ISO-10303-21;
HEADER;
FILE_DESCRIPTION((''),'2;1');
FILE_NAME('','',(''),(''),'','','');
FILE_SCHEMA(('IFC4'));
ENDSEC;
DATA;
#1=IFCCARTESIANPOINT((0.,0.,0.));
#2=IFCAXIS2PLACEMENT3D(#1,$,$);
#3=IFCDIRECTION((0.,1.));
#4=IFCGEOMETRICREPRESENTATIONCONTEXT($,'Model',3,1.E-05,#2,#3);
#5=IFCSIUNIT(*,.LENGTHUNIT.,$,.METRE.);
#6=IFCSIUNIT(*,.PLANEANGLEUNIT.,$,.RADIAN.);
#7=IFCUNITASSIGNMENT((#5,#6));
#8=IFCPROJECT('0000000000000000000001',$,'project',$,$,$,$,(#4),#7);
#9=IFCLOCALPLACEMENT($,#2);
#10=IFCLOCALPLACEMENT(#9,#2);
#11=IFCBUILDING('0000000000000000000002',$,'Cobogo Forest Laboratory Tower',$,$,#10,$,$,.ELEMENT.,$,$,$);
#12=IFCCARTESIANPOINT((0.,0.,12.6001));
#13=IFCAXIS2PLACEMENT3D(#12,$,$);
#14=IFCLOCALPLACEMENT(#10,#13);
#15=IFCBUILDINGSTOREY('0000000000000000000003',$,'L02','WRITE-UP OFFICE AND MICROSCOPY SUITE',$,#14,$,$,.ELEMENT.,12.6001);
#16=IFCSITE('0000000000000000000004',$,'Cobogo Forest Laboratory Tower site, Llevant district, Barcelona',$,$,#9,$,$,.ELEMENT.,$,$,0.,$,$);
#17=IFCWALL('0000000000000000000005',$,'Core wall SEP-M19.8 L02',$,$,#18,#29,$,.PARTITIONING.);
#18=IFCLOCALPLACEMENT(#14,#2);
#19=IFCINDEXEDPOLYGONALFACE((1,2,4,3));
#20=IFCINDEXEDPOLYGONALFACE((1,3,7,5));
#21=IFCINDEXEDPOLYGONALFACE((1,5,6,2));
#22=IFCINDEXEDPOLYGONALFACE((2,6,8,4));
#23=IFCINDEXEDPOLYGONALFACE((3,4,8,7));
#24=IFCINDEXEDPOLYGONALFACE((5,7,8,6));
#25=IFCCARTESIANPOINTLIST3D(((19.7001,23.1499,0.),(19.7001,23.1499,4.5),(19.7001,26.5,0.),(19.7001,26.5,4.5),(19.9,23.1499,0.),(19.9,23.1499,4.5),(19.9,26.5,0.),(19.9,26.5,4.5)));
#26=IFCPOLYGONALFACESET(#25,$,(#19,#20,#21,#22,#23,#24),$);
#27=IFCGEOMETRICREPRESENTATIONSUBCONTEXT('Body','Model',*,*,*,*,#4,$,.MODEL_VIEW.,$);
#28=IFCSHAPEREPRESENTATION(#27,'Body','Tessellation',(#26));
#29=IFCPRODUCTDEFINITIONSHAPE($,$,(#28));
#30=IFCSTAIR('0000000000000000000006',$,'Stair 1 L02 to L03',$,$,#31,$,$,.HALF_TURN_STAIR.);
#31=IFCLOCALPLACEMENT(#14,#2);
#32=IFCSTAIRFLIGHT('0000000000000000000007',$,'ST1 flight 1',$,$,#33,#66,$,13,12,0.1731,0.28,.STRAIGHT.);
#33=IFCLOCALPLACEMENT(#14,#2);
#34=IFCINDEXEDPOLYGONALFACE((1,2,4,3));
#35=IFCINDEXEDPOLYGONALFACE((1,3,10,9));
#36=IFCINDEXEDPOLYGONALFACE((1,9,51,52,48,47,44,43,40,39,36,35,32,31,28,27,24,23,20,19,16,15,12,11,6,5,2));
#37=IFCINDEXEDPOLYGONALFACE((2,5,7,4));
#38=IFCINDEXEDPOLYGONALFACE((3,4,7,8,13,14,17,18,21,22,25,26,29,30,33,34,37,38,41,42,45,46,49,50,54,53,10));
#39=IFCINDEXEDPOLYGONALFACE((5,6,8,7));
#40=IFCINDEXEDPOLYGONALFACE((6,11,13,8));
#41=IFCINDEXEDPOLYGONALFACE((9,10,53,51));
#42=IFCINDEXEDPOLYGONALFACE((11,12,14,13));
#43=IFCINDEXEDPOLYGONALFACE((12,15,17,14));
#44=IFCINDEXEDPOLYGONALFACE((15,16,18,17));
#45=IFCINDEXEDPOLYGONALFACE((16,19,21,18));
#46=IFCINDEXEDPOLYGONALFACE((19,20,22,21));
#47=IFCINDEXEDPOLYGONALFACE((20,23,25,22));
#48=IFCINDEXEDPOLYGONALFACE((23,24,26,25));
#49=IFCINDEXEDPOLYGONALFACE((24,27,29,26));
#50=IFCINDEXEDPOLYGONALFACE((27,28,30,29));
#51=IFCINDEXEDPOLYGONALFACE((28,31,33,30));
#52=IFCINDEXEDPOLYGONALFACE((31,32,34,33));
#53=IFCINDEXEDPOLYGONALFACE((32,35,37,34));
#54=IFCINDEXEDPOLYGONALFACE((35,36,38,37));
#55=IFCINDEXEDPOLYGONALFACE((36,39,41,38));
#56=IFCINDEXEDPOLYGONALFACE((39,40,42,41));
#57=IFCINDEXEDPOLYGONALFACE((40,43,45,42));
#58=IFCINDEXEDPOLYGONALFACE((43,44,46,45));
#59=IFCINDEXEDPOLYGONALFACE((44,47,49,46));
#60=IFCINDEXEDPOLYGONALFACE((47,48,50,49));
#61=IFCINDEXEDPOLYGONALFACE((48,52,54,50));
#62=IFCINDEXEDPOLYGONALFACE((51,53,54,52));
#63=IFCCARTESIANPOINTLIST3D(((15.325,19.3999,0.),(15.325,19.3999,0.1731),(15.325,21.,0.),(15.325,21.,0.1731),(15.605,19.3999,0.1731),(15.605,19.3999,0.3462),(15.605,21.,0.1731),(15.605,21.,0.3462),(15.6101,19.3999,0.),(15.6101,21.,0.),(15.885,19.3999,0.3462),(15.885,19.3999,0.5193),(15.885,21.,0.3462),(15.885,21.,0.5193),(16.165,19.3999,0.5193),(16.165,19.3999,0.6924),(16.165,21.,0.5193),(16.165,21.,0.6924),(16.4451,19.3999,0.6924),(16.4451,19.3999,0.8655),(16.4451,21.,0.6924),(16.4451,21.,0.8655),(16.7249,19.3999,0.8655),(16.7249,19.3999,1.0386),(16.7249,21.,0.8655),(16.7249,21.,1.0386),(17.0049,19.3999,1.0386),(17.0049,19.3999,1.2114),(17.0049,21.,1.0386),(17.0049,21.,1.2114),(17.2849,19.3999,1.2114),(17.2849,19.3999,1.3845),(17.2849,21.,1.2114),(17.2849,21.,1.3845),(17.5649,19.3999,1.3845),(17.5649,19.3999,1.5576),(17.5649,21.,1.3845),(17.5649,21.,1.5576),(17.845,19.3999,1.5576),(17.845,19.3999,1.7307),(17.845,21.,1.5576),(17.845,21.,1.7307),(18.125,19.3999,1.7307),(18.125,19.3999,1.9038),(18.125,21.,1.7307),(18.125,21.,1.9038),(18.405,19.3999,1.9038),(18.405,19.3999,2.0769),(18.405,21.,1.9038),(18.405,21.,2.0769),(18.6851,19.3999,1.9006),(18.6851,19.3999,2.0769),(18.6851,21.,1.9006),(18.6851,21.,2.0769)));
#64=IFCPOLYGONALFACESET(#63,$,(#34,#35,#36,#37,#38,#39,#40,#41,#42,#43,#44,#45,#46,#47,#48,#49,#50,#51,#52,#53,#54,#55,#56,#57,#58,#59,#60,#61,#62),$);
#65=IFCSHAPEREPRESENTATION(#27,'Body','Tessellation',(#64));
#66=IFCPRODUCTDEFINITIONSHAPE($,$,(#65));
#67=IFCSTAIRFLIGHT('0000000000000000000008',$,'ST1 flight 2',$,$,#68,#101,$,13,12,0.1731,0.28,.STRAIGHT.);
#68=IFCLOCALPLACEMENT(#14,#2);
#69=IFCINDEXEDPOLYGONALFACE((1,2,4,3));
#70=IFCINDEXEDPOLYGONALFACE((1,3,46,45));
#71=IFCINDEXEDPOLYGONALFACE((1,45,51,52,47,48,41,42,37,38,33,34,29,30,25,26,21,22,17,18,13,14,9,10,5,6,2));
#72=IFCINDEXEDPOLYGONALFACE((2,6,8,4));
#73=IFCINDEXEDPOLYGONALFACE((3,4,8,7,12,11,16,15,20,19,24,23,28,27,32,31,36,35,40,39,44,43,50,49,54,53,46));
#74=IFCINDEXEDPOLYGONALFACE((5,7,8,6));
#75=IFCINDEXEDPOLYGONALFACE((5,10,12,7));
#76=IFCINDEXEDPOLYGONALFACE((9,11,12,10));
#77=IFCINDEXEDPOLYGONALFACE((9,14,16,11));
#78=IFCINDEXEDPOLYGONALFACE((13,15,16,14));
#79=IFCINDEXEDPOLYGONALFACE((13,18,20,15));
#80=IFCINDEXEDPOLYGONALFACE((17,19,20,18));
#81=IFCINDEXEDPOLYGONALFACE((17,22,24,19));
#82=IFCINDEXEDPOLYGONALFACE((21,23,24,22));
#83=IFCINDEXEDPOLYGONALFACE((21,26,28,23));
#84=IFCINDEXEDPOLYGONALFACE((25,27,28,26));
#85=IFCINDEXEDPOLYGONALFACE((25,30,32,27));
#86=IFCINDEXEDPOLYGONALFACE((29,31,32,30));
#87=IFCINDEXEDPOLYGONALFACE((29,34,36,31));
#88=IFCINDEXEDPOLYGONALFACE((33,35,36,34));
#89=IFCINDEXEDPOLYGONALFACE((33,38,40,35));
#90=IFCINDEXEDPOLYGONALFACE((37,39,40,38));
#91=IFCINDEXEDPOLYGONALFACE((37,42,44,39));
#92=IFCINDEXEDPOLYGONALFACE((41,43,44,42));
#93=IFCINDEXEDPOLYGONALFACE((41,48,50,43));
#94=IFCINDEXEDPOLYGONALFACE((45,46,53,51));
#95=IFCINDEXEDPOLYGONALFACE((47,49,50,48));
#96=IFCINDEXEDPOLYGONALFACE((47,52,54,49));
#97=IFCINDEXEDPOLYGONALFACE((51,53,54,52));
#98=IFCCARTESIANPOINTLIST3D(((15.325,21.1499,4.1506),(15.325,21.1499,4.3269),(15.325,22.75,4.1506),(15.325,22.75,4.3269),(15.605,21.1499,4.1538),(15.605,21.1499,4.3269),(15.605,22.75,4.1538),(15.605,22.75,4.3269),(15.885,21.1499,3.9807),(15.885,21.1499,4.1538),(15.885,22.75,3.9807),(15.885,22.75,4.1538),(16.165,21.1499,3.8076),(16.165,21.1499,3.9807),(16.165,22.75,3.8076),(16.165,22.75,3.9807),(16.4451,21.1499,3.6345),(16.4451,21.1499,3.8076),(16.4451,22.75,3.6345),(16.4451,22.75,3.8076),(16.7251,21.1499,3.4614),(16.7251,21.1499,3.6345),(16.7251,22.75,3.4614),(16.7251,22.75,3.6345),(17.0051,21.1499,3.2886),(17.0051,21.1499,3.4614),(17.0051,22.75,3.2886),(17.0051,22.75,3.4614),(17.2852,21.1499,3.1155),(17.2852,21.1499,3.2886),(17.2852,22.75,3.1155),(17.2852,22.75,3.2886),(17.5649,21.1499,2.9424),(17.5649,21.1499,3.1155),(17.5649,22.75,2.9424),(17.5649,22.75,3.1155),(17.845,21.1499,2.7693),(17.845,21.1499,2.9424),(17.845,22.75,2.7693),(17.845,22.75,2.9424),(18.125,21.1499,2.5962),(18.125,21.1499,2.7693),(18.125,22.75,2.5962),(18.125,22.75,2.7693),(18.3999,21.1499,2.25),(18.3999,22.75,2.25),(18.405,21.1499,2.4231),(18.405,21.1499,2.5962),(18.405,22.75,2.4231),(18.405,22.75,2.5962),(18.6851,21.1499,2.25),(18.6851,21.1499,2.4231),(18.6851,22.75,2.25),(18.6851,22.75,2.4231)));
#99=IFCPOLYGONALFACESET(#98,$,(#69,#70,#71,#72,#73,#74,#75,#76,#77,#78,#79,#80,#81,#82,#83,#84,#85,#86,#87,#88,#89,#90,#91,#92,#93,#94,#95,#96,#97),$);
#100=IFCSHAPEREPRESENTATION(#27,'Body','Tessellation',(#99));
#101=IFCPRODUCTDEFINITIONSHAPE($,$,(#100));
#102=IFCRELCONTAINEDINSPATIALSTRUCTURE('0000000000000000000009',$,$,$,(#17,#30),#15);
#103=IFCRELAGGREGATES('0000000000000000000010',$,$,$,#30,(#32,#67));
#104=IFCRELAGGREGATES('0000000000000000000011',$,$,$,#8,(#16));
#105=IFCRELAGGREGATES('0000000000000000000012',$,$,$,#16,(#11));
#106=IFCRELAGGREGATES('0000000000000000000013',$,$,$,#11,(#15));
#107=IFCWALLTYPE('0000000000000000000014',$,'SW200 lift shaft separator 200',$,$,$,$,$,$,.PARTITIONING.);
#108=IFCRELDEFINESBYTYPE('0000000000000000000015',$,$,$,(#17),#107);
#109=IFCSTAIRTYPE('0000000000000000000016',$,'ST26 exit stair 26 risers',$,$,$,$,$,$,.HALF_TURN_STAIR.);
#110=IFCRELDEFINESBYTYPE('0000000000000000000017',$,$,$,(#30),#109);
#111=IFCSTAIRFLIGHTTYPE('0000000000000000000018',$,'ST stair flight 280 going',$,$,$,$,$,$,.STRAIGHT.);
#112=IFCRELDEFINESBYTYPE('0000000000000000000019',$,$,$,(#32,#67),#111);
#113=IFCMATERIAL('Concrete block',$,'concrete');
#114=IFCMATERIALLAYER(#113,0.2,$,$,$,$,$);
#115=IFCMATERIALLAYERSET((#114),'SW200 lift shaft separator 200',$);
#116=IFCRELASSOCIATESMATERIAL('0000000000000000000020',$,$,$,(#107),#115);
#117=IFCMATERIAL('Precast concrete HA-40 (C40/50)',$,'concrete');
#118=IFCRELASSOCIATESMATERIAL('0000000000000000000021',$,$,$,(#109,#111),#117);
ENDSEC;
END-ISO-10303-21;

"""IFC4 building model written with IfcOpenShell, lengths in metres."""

from ifc_helpers import new_model, si_unit, direction, frame, frame_2d, origin, place, context, subcontext, project, spatial, polyline, rectangle, outline, extrude, material, layer, layer_set, type_object, element, aggregate, save


model = new_model("IFC4")

# Units and contexts
model_context = context("Model", 3, precision=1e-05, world=origin(), true_north=direction((0.0, 1.0)))
body_context = subcontext(model_context, "Body", "Model", "MODEL_VIEW")
ifc_project = project(units=[si_unit("LENGTHUNIT", "METRE"), si_unit("PLANEANGLEUNIT", "RADIAN")], contexts=[model_context])

# Site, building, storey
site_placement = place(None, origin())
site = spatial("IfcSite", under=ifc_project, at=site_placement, Name="Cobogo Forest Laboratory Tower site, Llevant district, Barcelona", CompositionType="ELEMENT", RefElevation=0.0)
building_placement = place(site_placement, origin())
building = spatial("IfcBuilding", under=site, at=building_placement, Name="Cobogo Forest Laboratory Tower", CompositionType="ELEMENT")
storey_placement = place(building_placement, frame((0.0, 0.0, 12.6001)))
storey = spatial("IfcBuildingStorey", under=building, at=storey_placement, Name="L02", Description="WRITE-UP OFFICE AND MICROSCOPY SUITE", CompositionType="ELEMENT", Elevation=12.6001)

# Wall
ifc_material_1 = material(Name="Concrete block", Category="concrete")
ifc_layer_1 = layer(ifc_material_1, 0.2)
ifc_layer_set_1 = layer_set([ifc_layer_1], Name="SW200 lift shaft separator 200")
wall_type_1 = type_object("IfcWallType", Name="SW200 lift shaft separator 200", PredefinedType="PARTITIONING", material=ifc_layer_set_1)
wall_1_placement = place(storey_placement, frame((19.8, 23.1499, 0.0), z_axis=(0.0, 0.0, 1.0), x_axis=(0.0, 1.0, 0.0)))
element("IfcWall", 1, at=wall_1_placement, inside=storey, type_object=wall_type_1, Name="Core wall SEP-M19.8 L02", PredefinedType="PARTITIONING", context=body_context, shape_type="SweptSolid", body=[
    extrude(rectangle(XDim=3.3501, YDim=0.2, at=frame_2d((1.675, 0.0))), origin(), (0.0, 0.0, 1.0), 4.5),
])

# Stair, stair flights
ifc_material_2 = material(Name="Precast concrete HA-40 (C40/50)", Category="concrete")
stair_type = type_object("IfcStairType", Name="ST26 exit stair 26 risers", PredefinedType="HALF_TURN_STAIR", material=ifc_material_2)
stair_placement = place(storey_placement, origin())
stair = element("IfcStair", 2, at=stair_placement, inside=storey, type_object=stair_type, Name="Stair 1 L02 to L03", PredefinedType="HALF_TURN_STAIR")
stair_flight_type = type_object("IfcStairFlightType", Name="ST stair flight 280 going", PredefinedType="STRAIGHT", material=ifc_material_2)
stair_flight_1_placement = place(storey_placement, frame((15.325, 20.2, 0.0), z_axis=(0.0, 0.0, 1.0), x_axis=(1.0, 0.0, 0.0)))
stair_flight_1 = element("IfcStairFlight", 3, at=stair_flight_1_placement, type_object=stair_flight_type, Name="ST1 flight 1", NumberOfRisers=13, NumberOfTreads=12, PredefinedType="STRAIGHT", RiserHeight=0.1731, TreadLength=0.28, context=body_context, shape_type="SweptSolid", body=[
    extrude(outline(polyline([(0.0, 0.0), (0.0, 0.1731), (0.28, 0.1731), (0.28, 0.3462), (0.5601, 0.3462), (0.5601, 0.5193), (0.8401, 0.5193), (0.8401, 0.6924), (1.1201, 0.6924), (1.1201, 0.8655), (1.3999, 0.8655), (1.3999, 1.0386), (1.6799, 1.0386), (1.6799, 1.2114), (1.96, 1.2114), (1.96, 1.3845), (2.24, 1.3845), (2.24, 1.5576), (2.52, 1.5576), (2.52, 1.7307), (2.8, 1.7307), (2.8, 1.9038), (3.0801, 1.9038), (3.0801, 2.0769), (3.3601, 2.0769), (3.3601, 2.25), (3.3601, 1.9006), (0.2852, 0.0), (0.0, 0.0)])), frame((0.0, 0.8, 0.0), z_axis=(0.0, -1.0, 0.0), x_axis=(1.0, 0.0, 0.0)), (0.0, 0.0, 1.0), 1.6001),
])
stair_flight_2_placement = place(storey_placement, frame((18.6851, 21.95, 2.25), z_axis=(0.0, 0.0, 1.0), x_axis=(-1.0, 0.0, 0.0)))
stair_flight_2 = element("IfcStairFlight", 4, at=stair_flight_2_placement, type_object=stair_flight_type, Name="ST1 flight 2", NumberOfRisers=13, NumberOfTreads=12, PredefinedType="STRAIGHT", RiserHeight=0.1731, TreadLength=0.28, context=body_context, shape_type="SweptSolid", body=[
    extrude(outline(polyline([(0.0, 0.0), (0.0, 0.1731), (0.28, 0.1731), (0.28, 0.3462), (0.5601, 0.3462), (0.5601, 0.5193), (0.8401, 0.5193), (0.8401, 0.6924), (1.1201, 0.6924), (1.1201, 0.8655), (1.3999, 0.8655), (1.3999, 1.0386), (1.6799, 1.0386), (1.6799, 1.2114), (1.96, 1.2114), (1.96, 1.3845), (2.24, 1.3845), (2.24, 1.5576), (2.52, 1.5576), (2.52, 1.7307), (2.8, 1.7307), (2.8, 1.9038), (3.0801, 1.9038), (3.0801, 2.0769), (3.3601, 2.0769), (3.3601, 2.25), (3.3601, 1.9006), (0.2852, 0.0), (0.0, 0.0)])), frame((0.0, 0.8, 0.0), z_axis=(0.0, -1.0, 0.0), x_axis=(1.0, 0.0, 0.0)), (0.0, 0.0, 1.0), 1.6001),
])
aggregate(stair, [stair_flight_1, stair_flight_2])

save(model, "model.ifc")
